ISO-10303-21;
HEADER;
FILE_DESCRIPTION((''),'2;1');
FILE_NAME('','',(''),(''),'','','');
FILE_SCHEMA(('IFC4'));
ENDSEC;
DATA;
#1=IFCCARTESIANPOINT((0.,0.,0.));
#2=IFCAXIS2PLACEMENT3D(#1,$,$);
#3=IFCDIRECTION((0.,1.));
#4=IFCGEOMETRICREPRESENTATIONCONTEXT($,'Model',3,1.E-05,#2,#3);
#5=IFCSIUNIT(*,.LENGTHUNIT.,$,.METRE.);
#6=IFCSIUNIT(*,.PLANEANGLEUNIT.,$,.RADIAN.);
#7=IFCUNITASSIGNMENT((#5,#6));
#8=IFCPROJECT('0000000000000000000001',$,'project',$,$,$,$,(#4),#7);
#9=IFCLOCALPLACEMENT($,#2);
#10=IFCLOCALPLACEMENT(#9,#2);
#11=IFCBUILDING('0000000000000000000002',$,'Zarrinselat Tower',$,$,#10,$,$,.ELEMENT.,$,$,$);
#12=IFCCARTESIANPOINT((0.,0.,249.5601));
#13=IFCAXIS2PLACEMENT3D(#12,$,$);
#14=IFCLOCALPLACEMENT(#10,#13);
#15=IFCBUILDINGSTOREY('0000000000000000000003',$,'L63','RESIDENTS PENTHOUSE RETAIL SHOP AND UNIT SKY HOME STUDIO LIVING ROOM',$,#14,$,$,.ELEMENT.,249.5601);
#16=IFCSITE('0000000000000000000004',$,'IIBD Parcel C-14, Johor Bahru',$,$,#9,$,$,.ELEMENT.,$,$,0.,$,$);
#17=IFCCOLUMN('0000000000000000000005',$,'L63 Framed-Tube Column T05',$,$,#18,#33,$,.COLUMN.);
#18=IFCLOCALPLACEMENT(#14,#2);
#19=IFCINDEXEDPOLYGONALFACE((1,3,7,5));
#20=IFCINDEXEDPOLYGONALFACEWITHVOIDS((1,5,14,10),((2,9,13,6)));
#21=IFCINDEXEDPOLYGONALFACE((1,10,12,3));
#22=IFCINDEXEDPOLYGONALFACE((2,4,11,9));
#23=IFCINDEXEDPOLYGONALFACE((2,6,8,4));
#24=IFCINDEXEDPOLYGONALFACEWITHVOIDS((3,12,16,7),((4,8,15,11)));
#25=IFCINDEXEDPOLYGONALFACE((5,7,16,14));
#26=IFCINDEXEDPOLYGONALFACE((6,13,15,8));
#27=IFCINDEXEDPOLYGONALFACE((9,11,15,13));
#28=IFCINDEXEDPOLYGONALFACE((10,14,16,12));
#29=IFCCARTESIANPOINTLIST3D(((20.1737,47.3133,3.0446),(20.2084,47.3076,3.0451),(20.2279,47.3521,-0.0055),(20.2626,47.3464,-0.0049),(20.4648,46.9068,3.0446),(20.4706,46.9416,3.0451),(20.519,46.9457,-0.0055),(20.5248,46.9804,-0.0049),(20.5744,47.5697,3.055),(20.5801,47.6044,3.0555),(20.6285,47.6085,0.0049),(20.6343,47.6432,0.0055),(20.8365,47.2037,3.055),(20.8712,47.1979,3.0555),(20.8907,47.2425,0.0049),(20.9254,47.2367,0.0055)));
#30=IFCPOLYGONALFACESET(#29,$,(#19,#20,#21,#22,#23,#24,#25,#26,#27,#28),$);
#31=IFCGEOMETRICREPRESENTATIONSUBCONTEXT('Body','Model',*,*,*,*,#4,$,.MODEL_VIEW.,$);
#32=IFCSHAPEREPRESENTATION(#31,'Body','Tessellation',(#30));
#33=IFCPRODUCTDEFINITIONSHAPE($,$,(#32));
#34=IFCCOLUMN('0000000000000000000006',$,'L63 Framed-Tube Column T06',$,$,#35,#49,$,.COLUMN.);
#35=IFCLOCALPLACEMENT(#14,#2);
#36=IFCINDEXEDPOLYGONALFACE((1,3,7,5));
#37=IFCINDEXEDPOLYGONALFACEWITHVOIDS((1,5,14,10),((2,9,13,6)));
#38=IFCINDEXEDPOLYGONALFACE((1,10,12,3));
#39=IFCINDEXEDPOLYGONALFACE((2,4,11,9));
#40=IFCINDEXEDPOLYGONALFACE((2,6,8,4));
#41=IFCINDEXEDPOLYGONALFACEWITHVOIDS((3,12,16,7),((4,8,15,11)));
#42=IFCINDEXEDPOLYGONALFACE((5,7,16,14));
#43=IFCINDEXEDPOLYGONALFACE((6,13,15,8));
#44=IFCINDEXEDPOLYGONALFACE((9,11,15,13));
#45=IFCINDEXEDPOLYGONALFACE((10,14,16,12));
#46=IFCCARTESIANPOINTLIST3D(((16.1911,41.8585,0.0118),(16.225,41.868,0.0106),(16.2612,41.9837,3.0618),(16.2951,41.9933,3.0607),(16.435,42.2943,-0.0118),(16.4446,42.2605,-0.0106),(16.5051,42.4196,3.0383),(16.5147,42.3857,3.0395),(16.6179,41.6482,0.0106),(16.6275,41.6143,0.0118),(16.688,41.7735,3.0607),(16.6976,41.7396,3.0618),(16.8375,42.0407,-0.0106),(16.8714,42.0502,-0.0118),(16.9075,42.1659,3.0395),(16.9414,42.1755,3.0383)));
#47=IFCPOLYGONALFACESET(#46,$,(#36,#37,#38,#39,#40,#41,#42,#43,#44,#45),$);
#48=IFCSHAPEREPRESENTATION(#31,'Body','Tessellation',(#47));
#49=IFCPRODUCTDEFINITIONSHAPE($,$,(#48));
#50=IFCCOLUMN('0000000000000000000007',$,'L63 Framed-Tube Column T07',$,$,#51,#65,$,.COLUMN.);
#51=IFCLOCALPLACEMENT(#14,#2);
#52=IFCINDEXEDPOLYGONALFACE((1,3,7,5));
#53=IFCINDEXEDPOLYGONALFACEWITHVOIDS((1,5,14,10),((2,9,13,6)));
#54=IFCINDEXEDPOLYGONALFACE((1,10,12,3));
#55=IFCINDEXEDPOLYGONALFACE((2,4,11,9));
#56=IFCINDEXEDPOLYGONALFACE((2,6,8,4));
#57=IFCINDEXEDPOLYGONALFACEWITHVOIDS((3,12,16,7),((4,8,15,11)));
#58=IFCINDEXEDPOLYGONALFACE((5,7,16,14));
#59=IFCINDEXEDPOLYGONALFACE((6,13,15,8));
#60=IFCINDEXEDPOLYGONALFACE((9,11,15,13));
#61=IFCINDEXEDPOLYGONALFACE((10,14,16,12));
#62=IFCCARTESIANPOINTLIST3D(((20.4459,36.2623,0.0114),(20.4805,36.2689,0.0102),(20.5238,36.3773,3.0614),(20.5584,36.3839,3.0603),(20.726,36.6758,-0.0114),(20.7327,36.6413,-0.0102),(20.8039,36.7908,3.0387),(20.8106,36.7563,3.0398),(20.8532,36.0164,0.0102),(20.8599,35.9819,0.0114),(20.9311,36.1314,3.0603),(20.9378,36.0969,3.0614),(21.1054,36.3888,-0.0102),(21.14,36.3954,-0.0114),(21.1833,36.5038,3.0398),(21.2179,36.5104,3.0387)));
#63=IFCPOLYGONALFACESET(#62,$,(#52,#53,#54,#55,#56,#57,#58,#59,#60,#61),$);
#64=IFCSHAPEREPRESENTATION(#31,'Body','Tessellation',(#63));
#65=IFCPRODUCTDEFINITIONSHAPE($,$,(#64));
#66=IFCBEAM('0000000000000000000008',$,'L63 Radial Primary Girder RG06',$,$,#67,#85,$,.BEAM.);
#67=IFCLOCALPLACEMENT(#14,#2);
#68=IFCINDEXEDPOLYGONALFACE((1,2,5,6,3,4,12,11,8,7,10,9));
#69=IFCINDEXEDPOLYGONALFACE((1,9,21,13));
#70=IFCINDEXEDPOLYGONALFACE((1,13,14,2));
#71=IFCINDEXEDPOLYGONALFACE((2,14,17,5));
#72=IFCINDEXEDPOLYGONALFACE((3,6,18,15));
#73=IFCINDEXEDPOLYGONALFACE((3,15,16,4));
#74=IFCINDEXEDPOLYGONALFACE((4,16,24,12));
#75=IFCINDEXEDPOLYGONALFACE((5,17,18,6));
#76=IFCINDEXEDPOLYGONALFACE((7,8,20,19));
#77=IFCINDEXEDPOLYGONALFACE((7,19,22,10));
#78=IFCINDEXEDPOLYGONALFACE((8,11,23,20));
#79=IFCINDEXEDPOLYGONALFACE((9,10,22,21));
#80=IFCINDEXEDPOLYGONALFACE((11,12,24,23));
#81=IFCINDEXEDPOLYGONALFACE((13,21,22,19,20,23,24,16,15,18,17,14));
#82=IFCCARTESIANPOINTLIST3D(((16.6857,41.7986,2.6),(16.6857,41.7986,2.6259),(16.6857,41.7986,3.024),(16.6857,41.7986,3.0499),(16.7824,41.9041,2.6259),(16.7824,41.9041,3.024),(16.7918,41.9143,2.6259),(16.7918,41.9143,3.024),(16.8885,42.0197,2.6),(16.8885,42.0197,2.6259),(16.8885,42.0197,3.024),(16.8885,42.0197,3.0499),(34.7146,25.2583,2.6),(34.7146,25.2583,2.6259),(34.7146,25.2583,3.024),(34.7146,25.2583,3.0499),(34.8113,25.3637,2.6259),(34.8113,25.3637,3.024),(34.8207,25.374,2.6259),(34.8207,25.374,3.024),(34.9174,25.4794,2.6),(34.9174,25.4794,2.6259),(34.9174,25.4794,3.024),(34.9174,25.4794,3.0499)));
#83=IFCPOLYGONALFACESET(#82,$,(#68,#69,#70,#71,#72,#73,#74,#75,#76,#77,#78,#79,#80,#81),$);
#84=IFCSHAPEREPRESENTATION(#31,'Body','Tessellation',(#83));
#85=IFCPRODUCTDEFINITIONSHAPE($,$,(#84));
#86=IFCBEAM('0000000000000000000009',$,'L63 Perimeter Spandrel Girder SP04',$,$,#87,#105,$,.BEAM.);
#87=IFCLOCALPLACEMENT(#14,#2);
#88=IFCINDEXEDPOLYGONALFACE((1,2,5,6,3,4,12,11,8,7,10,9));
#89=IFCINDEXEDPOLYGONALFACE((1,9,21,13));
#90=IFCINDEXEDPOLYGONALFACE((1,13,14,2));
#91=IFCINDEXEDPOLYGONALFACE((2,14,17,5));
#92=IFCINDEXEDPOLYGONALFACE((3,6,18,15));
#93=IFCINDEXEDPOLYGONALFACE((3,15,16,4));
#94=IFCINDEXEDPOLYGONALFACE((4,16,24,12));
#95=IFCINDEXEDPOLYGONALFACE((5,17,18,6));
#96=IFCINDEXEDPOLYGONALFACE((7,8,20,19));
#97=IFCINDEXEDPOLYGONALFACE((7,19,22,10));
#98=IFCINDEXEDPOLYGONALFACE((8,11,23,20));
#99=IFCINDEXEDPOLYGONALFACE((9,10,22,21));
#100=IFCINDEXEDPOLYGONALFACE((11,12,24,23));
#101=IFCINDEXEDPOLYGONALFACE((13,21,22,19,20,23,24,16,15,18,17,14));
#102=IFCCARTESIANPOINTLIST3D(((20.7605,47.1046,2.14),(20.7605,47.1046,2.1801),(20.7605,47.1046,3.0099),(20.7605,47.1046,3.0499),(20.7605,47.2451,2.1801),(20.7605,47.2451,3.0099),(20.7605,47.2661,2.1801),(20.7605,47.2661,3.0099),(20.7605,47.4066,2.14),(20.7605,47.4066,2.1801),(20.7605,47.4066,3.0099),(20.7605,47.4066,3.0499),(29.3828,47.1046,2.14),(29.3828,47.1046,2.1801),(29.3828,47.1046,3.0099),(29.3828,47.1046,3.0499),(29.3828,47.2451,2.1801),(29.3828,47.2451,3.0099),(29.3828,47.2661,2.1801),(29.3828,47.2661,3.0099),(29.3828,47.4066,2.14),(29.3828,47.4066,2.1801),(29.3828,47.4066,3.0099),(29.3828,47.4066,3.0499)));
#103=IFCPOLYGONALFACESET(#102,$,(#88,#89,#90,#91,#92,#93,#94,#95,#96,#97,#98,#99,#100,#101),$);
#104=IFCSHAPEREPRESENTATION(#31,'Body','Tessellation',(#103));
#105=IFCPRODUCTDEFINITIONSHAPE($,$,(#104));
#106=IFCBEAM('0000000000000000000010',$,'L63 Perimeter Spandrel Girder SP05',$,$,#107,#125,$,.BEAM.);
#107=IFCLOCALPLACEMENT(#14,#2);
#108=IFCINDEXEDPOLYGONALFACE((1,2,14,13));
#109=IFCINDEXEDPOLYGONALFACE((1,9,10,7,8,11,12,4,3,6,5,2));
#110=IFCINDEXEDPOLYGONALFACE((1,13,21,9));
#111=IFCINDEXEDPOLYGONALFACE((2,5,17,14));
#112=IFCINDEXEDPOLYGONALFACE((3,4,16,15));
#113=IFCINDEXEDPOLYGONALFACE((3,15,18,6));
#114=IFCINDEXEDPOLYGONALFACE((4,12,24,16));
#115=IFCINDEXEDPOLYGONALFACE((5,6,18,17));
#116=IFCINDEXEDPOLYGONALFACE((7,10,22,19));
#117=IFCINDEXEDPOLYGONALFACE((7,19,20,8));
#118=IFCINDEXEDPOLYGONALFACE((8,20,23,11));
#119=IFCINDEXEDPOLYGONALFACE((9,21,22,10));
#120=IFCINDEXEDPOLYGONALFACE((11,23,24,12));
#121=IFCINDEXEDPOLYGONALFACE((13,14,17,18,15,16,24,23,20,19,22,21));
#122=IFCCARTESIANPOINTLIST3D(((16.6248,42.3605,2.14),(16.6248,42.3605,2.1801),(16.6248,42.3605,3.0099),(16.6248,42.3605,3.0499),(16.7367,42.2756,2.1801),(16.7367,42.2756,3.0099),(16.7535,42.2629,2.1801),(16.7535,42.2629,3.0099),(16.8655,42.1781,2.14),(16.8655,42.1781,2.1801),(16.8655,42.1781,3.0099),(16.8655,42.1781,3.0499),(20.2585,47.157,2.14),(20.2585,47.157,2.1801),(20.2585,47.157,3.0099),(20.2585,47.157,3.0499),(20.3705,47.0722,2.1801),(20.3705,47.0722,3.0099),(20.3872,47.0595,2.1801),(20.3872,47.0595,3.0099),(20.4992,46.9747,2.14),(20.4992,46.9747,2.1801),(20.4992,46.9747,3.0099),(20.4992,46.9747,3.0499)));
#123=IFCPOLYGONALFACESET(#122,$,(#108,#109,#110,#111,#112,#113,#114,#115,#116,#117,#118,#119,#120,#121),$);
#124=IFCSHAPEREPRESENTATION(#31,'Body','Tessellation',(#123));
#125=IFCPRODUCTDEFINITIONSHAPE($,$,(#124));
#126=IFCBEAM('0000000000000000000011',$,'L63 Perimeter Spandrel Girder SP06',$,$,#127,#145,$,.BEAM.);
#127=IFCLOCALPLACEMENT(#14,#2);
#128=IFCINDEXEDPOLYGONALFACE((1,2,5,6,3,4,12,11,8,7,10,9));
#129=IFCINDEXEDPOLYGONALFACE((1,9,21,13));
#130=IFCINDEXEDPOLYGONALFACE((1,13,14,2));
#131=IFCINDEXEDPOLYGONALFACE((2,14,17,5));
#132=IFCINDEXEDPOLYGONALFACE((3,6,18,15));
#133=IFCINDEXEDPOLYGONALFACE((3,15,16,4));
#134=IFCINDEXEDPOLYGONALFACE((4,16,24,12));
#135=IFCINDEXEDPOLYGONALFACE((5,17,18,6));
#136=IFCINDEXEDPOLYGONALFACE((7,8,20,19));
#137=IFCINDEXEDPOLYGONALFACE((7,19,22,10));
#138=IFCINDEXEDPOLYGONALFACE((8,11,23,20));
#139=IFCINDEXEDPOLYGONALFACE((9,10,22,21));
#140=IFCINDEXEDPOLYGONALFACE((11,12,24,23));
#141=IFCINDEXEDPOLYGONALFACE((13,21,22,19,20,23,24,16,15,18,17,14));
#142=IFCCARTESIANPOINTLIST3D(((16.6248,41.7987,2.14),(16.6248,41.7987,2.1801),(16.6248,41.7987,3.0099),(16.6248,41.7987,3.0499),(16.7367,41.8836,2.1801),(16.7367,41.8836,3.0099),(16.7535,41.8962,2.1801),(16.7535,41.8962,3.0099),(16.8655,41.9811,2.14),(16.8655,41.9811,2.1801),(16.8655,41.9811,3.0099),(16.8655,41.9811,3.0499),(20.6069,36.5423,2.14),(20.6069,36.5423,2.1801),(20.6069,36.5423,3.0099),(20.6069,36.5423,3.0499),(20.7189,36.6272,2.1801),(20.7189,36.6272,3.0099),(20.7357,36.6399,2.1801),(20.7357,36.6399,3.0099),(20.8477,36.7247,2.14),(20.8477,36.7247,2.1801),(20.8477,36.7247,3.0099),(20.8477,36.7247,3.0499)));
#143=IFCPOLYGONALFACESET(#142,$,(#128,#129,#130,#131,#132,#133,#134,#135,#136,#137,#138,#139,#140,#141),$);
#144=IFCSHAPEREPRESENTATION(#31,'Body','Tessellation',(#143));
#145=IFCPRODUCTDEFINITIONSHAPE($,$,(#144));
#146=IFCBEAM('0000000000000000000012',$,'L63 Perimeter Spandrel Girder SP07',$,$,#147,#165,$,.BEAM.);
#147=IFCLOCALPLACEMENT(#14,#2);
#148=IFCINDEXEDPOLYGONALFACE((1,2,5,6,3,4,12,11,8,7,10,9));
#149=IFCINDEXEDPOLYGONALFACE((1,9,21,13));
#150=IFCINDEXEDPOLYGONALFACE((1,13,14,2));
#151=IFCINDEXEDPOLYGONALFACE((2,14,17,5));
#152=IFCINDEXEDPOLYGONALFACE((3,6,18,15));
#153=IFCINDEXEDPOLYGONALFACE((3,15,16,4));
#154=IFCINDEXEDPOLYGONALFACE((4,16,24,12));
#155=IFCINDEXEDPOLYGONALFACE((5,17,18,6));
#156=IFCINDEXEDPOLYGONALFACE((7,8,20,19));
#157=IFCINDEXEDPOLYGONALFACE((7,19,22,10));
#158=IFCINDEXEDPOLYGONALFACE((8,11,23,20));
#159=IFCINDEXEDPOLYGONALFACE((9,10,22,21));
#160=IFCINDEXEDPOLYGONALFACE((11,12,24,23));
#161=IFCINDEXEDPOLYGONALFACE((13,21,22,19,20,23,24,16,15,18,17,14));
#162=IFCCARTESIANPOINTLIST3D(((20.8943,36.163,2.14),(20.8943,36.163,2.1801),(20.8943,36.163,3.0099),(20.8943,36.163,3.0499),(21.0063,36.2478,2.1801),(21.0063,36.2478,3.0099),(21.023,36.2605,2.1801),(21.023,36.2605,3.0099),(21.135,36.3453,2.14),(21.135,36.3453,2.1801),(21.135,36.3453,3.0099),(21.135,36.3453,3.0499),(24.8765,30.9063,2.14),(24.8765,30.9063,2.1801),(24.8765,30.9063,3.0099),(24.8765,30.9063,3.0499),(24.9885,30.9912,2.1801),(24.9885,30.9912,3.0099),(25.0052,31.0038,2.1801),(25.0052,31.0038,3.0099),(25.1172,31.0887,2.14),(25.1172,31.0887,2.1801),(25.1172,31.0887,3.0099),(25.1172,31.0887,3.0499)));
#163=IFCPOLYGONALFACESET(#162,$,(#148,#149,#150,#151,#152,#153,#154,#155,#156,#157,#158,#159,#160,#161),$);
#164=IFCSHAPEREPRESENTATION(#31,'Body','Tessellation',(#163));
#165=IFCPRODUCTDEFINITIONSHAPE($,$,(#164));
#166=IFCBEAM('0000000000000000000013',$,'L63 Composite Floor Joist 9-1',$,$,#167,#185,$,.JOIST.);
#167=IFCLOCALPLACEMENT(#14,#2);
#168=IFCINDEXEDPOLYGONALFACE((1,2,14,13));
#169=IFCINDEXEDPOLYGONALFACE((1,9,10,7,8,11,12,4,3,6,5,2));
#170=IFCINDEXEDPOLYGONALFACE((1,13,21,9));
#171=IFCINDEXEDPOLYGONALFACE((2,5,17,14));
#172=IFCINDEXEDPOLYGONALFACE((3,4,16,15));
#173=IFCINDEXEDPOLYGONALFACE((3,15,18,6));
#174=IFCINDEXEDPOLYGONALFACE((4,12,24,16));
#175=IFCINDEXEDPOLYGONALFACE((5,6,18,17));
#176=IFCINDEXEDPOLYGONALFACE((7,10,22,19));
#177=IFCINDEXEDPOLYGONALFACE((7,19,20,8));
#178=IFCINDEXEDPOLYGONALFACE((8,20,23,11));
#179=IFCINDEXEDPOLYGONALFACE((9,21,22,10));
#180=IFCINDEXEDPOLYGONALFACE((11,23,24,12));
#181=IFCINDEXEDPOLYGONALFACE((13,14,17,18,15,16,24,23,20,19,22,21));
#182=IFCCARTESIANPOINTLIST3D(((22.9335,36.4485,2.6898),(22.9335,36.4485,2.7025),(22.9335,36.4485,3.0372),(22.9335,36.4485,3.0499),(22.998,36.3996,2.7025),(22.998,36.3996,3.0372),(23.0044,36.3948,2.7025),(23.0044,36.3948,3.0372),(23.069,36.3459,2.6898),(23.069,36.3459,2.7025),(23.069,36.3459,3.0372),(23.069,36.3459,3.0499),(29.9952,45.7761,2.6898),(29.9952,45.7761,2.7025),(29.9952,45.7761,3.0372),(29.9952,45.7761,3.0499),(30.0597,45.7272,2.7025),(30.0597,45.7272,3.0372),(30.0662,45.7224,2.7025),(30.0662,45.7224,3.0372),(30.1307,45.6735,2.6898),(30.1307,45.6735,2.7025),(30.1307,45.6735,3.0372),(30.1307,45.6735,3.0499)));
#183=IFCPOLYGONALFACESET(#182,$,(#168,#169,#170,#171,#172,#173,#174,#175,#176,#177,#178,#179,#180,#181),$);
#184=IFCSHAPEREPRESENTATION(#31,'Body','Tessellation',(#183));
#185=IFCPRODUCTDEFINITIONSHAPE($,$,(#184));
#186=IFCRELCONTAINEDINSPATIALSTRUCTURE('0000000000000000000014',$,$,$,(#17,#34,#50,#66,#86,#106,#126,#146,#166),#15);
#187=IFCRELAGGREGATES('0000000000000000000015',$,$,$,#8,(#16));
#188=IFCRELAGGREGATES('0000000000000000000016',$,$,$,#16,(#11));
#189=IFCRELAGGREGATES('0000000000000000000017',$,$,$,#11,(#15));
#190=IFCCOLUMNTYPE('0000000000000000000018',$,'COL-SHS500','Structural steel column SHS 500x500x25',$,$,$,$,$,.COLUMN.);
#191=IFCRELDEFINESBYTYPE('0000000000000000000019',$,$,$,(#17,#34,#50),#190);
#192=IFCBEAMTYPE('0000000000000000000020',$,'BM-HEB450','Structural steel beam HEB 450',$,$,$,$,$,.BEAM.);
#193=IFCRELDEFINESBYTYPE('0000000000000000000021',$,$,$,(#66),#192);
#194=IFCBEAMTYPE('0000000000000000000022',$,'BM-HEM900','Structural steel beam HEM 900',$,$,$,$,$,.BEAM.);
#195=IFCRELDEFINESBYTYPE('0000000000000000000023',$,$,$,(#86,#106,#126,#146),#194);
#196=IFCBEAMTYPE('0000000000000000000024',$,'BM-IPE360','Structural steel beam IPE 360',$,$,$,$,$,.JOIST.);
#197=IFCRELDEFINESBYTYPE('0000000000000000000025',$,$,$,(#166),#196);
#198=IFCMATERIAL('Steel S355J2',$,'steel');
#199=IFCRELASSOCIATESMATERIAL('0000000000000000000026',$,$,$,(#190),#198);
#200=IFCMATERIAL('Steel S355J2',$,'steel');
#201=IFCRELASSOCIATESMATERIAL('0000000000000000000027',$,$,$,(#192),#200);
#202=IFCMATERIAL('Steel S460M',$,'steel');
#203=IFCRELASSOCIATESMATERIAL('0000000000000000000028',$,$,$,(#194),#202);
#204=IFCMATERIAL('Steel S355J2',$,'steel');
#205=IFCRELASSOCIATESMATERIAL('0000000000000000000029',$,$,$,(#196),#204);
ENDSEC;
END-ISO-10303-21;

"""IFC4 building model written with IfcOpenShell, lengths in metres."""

from ifc_helpers import new_model, si_unit, direction, frame, origin, origin_2d, place, context, subcontext, project, spatial, hollow_rectangle, i_section, extrude, material, material_profile, profile_set, type_object, element, save


model = new_model("IFC4")

# Units and contexts
model_context = context("Model", 3, precision=1e-05, world=origin(), true_north=direction((0.0, 1.0)))
body_context = subcontext(model_context, "Body", "Model", "MODEL_VIEW")
ifc_project = project(units=[si_unit("LENGTHUNIT", "METRE"), si_unit("PLANEANGLEUNIT", "RADIAN")], contexts=[model_context])

# Site, building, storey
site_placement = place(None, origin())
site = spatial("IfcSite", under=ifc_project, at=site_placement, Name="IIBD Parcel C-14, Johor Bahru", CompositionType="ELEMENT", RefElevation=0.0)
building_placement = place(site_placement, origin())
building = spatial("IfcBuilding", under=site, at=building_placement, Name="Zarrinselat Tower", CompositionType="ELEMENT")
storey_placement = place(building_placement, frame((0.0, 0.0, 249.5601)))
storey = spatial("IfcBuildingStorey", under=building, at=storey_placement, Name="L63", Description="RESIDENTS PENTHOUSE RETAIL SHOP AND UNIT SKY HOME STUDIO LIVING ROOM", CompositionType="ELEMENT", Elevation=249.5601)

# Columns
ifc_material_1 = material(Name="Steel S355J2", Category="steel")
ifc_material_profile_1 = material_profile(ifc_material_1, hollow_rectangle(XDim=0.5, YDim=0.5, WallThickness=0.0249, at=origin_2d()), Name="SHS 500x500x25")
ifc_profile_set_1 = profile_set([ifc_material_profile_1], Name="Steel S355J2")
column_type = type_object("IfcColumnType", Name="COL-SHS500", Description="Structural steel column SHS 500x500x25", PredefinedType="COLUMN", material=ifc_profile_set_1)
column_1_placement = place(storey_placement, frame((20.5767, 47.2944, 0.0), z_axis=(-0.017766, -0.012724, 0.999761), x_axis=(0.582277, -0.81299, 0.0)))
element("IfcColumn", 1, at=column_1_placement, inside=storey, type_object=column_type, Name="L63 Framed-Tube Column T05", PredefinedType="COLUMN", context=body_context, shape_type="SweptSolid", body=[
    extrude(hollow_rectangle(XDim=0.5, YDim=0.5, WallThickness=0.0249, at=origin_2d()), origin(), (0.0, 0.0, 1.0), 3.0508),
])
column_2_placement = place(storey_placement, frame((16.5312, 41.9543, 0.0), z_axis=(0.022947, 0.041018, 0.998895), x_axis=(-0.872709, 0.488241, 0.0)))
element("IfcColumn", 2, at=column_2_placement, inside=storey, type_object=column_type, Name="L63 Framed-Tube Column T06", PredefinedType="COLUMN", context=body_context, shape_type="SweptSolid", body=[
    extrude(hollow_rectangle(XDim=0.5, YDim=0.5, WallThickness=0.0249, at=origin_2d()), origin(), (0.0, 0.0, 1.0), 3.0535),
])
column_3_placement = place(storey_placement, frame((20.793, 36.3289, 0.0), z_axis=(0.025508, 0.037662, 0.998965), x_axis=(-0.827971, 0.56077, 0.0)))
element("IfcColumn", 3, at=column_3_placement, inside=storey, type_object=column_type, Name="L63 Framed-Tube Column T07", PredefinedType="COLUMN", context=body_context, shape_type="SweptSolid", body=[
    extrude(hollow_rectangle(XDim=0.5, YDim=0.5, WallThickness=0.0249, at=origin_2d()), origin(), (0.0, 0.0, 1.0), 3.0532),
])

# Beams
ifc_material_2 = material(Name="Steel S355J2", Category="steel")
ifc_material_profile_2 = material_profile(ifc_material_2, i_section(OverallWidth=0.3, OverallDepth=0.45, WebThickness=0.0139, FlangeThickness=0.0259, at=origin_2d()), Name="HEB 450")
ifc_profile_set_2 = profile_set([ifc_material_profile_2], Name="Steel S355J2")
beam_type_1 = type_object("IfcBeamType", Name="BM-HEB450", Description="Structural steel beam HEB 450", PredefinedType="BEAM", material=ifc_profile_set_2)
beam_1_placement = place(storey_placement, frame((16.7871, 41.9092, 2.825), z_axis=(0.736872, -0.676033, 0.0), x_axis=(0.676033, 0.736872, 0.0)))
element("IfcBeam", 4, at=beam_1_placement, inside=storey, type_object=beam_type_1, Name="L63 Radial Primary Girder RG06", PredefinedType="BEAM", context=body_context, shape_type="SweptSolid", body=[
    extrude(i_section(OverallWidth=0.3, OverallDepth=0.45, WebThickness=0.0139, FlangeThickness=0.0259, at=origin_2d()), origin(), (0.0, 0.0, 1.0), 24.4668),
])
ifc_material_3 = material(Name="Steel S460M", Category="steel")
ifc_material_profile_3 = material_profile(ifc_material_3, i_section(OverallWidth=0.302, OverallDepth=0.9099, WebThickness=0.021, FlangeThickness=0.04, at=origin_2d()), Name="HEM 900")
ifc_profile_set_3 = profile_set([ifc_material_profile_3], Name="Steel S460M")
beam_type_2 = type_object("IfcBeamType", Name="BM-HEM900", Description="Structural steel beam HEM 900", PredefinedType="BEAM", material=ifc_profile_set_3)
beam_2_placement = place(storey_placement, frame((20.7605, 47.2556, 2.595), z_axis=(1.0, 0.0, 0.0), x_axis=(0.0, 1.0, 0.0)))
element("IfcBeam", 5, at=beam_2_placement, inside=storey, type_object=beam_type_2, Name="L63 Perimeter Spandrel Girder SP04", PredefinedType="BEAM", context=body_context, shape_type="SweptSolid", body=[
    extrude(i_section(OverallWidth=0.302, OverallDepth=0.9099, WebThickness=0.021, FlangeThickness=0.04, at=origin_2d()), origin(), (0.0, 0.0, 1.0), 8.6223),
])
beam_3_placement = place(storey_placement, frame((16.7451, 42.2693, 2.595), z_axis=(0.603855, 0.797094, 0.0), x_axis=(-0.797094, 0.603855, 0.0)))
element("IfcBeam", 6, at=beam_3_placement, inside=storey, type_object=beam_type_2, Name="L63 Perimeter Spandrel Girder SP05", PredefinedType="BEAM", context=body_context, shape_type="SweptSolid", body=[
    extrude(i_section(OverallWidth=0.302, OverallDepth=0.9099, WebThickness=0.021, FlangeThickness=0.04, at=origin_2d()), origin(), (0.0, 0.0, 1.0), 6.0176),
])
beam_4_placement = place(storey_placement, frame((16.7451, 41.8899, 2.595), z_axis=(0.603867, -0.797085, 0.0), x_axis=(0.797085, 0.603867, 0.0)))
element("IfcBeam", 7, at=beam_4_placement, inside=storey, type_object=beam_type_2, Name="L63 Perimeter Spandrel Girder SP06", PredefinedType="BEAM", context=body_context, shape_type="SweptSolid", body=[
    extrude(i_section(OverallWidth=0.302, OverallDepth=0.9099, WebThickness=0.021, FlangeThickness=0.04, at=origin_2d()), origin(), (0.0, 0.0, 1.0), 6.5945),
])
beam_5_placement = place(storey_placement, frame((21.0146, 36.2542, 2.595), z_axis=(0.603849, -0.797099, 0.0), x_axis=(0.797099, 0.603849, 0.0)))
element("IfcBeam", 8, at=beam_5_placement, inside=storey, type_object=beam_type_2, Name="L63 Perimeter Spandrel Girder SP07", PredefinedType="BEAM", context=body_context, shape_type="SweptSolid", body=[
    extrude(i_section(OverallWidth=0.302, OverallDepth=0.9099, WebThickness=0.021, FlangeThickness=0.04, at=origin_2d()), origin(), (0.0, 0.0, 1.0), 6.5947),
])
ifc_material_4 = material(Name="Steel S355J2", Category="steel")
ifc_material_profile_4 = material_profile(ifc_material_4, i_section(OverallWidth=0.1699, OverallDepth=0.3601, WebThickness=0.0081, FlangeThickness=0.0127, at=origin_2d()), Name="IPE 360")
ifc_profile_set_4 = profile_set([ifc_material_profile_4], Name="Steel S355J2")
beam_type_3 = type_object("IfcBeamType", Name="BM-IPE360", Description="Structural steel beam IPE 360", PredefinedType="JOIST", material=ifc_profile_set_4)
beam_6_placement = place(storey_placement, frame((23.0012, 36.3972, 2.8699), z_axis=(0.603607, 0.797282, 0.0), x_axis=(-0.797282, 0.603607, 0.0)))
element("IfcBeam", 9, at=beam_6_placement, inside=storey, type_object=beam_type_3, Name="L63 Composite Floor Joist 9-1", PredefinedType="JOIST", context=body_context, shape_type="SweptSolid", body=[
    extrude(i_section(OverallWidth=0.1699, OverallDepth=0.3601, WebThickness=0.0081, FlangeThickness=0.0127, at=origin_2d()), origin(), (0.0, 0.0, 1.0), 11.6992),
])

save(model, "model.ifc")
